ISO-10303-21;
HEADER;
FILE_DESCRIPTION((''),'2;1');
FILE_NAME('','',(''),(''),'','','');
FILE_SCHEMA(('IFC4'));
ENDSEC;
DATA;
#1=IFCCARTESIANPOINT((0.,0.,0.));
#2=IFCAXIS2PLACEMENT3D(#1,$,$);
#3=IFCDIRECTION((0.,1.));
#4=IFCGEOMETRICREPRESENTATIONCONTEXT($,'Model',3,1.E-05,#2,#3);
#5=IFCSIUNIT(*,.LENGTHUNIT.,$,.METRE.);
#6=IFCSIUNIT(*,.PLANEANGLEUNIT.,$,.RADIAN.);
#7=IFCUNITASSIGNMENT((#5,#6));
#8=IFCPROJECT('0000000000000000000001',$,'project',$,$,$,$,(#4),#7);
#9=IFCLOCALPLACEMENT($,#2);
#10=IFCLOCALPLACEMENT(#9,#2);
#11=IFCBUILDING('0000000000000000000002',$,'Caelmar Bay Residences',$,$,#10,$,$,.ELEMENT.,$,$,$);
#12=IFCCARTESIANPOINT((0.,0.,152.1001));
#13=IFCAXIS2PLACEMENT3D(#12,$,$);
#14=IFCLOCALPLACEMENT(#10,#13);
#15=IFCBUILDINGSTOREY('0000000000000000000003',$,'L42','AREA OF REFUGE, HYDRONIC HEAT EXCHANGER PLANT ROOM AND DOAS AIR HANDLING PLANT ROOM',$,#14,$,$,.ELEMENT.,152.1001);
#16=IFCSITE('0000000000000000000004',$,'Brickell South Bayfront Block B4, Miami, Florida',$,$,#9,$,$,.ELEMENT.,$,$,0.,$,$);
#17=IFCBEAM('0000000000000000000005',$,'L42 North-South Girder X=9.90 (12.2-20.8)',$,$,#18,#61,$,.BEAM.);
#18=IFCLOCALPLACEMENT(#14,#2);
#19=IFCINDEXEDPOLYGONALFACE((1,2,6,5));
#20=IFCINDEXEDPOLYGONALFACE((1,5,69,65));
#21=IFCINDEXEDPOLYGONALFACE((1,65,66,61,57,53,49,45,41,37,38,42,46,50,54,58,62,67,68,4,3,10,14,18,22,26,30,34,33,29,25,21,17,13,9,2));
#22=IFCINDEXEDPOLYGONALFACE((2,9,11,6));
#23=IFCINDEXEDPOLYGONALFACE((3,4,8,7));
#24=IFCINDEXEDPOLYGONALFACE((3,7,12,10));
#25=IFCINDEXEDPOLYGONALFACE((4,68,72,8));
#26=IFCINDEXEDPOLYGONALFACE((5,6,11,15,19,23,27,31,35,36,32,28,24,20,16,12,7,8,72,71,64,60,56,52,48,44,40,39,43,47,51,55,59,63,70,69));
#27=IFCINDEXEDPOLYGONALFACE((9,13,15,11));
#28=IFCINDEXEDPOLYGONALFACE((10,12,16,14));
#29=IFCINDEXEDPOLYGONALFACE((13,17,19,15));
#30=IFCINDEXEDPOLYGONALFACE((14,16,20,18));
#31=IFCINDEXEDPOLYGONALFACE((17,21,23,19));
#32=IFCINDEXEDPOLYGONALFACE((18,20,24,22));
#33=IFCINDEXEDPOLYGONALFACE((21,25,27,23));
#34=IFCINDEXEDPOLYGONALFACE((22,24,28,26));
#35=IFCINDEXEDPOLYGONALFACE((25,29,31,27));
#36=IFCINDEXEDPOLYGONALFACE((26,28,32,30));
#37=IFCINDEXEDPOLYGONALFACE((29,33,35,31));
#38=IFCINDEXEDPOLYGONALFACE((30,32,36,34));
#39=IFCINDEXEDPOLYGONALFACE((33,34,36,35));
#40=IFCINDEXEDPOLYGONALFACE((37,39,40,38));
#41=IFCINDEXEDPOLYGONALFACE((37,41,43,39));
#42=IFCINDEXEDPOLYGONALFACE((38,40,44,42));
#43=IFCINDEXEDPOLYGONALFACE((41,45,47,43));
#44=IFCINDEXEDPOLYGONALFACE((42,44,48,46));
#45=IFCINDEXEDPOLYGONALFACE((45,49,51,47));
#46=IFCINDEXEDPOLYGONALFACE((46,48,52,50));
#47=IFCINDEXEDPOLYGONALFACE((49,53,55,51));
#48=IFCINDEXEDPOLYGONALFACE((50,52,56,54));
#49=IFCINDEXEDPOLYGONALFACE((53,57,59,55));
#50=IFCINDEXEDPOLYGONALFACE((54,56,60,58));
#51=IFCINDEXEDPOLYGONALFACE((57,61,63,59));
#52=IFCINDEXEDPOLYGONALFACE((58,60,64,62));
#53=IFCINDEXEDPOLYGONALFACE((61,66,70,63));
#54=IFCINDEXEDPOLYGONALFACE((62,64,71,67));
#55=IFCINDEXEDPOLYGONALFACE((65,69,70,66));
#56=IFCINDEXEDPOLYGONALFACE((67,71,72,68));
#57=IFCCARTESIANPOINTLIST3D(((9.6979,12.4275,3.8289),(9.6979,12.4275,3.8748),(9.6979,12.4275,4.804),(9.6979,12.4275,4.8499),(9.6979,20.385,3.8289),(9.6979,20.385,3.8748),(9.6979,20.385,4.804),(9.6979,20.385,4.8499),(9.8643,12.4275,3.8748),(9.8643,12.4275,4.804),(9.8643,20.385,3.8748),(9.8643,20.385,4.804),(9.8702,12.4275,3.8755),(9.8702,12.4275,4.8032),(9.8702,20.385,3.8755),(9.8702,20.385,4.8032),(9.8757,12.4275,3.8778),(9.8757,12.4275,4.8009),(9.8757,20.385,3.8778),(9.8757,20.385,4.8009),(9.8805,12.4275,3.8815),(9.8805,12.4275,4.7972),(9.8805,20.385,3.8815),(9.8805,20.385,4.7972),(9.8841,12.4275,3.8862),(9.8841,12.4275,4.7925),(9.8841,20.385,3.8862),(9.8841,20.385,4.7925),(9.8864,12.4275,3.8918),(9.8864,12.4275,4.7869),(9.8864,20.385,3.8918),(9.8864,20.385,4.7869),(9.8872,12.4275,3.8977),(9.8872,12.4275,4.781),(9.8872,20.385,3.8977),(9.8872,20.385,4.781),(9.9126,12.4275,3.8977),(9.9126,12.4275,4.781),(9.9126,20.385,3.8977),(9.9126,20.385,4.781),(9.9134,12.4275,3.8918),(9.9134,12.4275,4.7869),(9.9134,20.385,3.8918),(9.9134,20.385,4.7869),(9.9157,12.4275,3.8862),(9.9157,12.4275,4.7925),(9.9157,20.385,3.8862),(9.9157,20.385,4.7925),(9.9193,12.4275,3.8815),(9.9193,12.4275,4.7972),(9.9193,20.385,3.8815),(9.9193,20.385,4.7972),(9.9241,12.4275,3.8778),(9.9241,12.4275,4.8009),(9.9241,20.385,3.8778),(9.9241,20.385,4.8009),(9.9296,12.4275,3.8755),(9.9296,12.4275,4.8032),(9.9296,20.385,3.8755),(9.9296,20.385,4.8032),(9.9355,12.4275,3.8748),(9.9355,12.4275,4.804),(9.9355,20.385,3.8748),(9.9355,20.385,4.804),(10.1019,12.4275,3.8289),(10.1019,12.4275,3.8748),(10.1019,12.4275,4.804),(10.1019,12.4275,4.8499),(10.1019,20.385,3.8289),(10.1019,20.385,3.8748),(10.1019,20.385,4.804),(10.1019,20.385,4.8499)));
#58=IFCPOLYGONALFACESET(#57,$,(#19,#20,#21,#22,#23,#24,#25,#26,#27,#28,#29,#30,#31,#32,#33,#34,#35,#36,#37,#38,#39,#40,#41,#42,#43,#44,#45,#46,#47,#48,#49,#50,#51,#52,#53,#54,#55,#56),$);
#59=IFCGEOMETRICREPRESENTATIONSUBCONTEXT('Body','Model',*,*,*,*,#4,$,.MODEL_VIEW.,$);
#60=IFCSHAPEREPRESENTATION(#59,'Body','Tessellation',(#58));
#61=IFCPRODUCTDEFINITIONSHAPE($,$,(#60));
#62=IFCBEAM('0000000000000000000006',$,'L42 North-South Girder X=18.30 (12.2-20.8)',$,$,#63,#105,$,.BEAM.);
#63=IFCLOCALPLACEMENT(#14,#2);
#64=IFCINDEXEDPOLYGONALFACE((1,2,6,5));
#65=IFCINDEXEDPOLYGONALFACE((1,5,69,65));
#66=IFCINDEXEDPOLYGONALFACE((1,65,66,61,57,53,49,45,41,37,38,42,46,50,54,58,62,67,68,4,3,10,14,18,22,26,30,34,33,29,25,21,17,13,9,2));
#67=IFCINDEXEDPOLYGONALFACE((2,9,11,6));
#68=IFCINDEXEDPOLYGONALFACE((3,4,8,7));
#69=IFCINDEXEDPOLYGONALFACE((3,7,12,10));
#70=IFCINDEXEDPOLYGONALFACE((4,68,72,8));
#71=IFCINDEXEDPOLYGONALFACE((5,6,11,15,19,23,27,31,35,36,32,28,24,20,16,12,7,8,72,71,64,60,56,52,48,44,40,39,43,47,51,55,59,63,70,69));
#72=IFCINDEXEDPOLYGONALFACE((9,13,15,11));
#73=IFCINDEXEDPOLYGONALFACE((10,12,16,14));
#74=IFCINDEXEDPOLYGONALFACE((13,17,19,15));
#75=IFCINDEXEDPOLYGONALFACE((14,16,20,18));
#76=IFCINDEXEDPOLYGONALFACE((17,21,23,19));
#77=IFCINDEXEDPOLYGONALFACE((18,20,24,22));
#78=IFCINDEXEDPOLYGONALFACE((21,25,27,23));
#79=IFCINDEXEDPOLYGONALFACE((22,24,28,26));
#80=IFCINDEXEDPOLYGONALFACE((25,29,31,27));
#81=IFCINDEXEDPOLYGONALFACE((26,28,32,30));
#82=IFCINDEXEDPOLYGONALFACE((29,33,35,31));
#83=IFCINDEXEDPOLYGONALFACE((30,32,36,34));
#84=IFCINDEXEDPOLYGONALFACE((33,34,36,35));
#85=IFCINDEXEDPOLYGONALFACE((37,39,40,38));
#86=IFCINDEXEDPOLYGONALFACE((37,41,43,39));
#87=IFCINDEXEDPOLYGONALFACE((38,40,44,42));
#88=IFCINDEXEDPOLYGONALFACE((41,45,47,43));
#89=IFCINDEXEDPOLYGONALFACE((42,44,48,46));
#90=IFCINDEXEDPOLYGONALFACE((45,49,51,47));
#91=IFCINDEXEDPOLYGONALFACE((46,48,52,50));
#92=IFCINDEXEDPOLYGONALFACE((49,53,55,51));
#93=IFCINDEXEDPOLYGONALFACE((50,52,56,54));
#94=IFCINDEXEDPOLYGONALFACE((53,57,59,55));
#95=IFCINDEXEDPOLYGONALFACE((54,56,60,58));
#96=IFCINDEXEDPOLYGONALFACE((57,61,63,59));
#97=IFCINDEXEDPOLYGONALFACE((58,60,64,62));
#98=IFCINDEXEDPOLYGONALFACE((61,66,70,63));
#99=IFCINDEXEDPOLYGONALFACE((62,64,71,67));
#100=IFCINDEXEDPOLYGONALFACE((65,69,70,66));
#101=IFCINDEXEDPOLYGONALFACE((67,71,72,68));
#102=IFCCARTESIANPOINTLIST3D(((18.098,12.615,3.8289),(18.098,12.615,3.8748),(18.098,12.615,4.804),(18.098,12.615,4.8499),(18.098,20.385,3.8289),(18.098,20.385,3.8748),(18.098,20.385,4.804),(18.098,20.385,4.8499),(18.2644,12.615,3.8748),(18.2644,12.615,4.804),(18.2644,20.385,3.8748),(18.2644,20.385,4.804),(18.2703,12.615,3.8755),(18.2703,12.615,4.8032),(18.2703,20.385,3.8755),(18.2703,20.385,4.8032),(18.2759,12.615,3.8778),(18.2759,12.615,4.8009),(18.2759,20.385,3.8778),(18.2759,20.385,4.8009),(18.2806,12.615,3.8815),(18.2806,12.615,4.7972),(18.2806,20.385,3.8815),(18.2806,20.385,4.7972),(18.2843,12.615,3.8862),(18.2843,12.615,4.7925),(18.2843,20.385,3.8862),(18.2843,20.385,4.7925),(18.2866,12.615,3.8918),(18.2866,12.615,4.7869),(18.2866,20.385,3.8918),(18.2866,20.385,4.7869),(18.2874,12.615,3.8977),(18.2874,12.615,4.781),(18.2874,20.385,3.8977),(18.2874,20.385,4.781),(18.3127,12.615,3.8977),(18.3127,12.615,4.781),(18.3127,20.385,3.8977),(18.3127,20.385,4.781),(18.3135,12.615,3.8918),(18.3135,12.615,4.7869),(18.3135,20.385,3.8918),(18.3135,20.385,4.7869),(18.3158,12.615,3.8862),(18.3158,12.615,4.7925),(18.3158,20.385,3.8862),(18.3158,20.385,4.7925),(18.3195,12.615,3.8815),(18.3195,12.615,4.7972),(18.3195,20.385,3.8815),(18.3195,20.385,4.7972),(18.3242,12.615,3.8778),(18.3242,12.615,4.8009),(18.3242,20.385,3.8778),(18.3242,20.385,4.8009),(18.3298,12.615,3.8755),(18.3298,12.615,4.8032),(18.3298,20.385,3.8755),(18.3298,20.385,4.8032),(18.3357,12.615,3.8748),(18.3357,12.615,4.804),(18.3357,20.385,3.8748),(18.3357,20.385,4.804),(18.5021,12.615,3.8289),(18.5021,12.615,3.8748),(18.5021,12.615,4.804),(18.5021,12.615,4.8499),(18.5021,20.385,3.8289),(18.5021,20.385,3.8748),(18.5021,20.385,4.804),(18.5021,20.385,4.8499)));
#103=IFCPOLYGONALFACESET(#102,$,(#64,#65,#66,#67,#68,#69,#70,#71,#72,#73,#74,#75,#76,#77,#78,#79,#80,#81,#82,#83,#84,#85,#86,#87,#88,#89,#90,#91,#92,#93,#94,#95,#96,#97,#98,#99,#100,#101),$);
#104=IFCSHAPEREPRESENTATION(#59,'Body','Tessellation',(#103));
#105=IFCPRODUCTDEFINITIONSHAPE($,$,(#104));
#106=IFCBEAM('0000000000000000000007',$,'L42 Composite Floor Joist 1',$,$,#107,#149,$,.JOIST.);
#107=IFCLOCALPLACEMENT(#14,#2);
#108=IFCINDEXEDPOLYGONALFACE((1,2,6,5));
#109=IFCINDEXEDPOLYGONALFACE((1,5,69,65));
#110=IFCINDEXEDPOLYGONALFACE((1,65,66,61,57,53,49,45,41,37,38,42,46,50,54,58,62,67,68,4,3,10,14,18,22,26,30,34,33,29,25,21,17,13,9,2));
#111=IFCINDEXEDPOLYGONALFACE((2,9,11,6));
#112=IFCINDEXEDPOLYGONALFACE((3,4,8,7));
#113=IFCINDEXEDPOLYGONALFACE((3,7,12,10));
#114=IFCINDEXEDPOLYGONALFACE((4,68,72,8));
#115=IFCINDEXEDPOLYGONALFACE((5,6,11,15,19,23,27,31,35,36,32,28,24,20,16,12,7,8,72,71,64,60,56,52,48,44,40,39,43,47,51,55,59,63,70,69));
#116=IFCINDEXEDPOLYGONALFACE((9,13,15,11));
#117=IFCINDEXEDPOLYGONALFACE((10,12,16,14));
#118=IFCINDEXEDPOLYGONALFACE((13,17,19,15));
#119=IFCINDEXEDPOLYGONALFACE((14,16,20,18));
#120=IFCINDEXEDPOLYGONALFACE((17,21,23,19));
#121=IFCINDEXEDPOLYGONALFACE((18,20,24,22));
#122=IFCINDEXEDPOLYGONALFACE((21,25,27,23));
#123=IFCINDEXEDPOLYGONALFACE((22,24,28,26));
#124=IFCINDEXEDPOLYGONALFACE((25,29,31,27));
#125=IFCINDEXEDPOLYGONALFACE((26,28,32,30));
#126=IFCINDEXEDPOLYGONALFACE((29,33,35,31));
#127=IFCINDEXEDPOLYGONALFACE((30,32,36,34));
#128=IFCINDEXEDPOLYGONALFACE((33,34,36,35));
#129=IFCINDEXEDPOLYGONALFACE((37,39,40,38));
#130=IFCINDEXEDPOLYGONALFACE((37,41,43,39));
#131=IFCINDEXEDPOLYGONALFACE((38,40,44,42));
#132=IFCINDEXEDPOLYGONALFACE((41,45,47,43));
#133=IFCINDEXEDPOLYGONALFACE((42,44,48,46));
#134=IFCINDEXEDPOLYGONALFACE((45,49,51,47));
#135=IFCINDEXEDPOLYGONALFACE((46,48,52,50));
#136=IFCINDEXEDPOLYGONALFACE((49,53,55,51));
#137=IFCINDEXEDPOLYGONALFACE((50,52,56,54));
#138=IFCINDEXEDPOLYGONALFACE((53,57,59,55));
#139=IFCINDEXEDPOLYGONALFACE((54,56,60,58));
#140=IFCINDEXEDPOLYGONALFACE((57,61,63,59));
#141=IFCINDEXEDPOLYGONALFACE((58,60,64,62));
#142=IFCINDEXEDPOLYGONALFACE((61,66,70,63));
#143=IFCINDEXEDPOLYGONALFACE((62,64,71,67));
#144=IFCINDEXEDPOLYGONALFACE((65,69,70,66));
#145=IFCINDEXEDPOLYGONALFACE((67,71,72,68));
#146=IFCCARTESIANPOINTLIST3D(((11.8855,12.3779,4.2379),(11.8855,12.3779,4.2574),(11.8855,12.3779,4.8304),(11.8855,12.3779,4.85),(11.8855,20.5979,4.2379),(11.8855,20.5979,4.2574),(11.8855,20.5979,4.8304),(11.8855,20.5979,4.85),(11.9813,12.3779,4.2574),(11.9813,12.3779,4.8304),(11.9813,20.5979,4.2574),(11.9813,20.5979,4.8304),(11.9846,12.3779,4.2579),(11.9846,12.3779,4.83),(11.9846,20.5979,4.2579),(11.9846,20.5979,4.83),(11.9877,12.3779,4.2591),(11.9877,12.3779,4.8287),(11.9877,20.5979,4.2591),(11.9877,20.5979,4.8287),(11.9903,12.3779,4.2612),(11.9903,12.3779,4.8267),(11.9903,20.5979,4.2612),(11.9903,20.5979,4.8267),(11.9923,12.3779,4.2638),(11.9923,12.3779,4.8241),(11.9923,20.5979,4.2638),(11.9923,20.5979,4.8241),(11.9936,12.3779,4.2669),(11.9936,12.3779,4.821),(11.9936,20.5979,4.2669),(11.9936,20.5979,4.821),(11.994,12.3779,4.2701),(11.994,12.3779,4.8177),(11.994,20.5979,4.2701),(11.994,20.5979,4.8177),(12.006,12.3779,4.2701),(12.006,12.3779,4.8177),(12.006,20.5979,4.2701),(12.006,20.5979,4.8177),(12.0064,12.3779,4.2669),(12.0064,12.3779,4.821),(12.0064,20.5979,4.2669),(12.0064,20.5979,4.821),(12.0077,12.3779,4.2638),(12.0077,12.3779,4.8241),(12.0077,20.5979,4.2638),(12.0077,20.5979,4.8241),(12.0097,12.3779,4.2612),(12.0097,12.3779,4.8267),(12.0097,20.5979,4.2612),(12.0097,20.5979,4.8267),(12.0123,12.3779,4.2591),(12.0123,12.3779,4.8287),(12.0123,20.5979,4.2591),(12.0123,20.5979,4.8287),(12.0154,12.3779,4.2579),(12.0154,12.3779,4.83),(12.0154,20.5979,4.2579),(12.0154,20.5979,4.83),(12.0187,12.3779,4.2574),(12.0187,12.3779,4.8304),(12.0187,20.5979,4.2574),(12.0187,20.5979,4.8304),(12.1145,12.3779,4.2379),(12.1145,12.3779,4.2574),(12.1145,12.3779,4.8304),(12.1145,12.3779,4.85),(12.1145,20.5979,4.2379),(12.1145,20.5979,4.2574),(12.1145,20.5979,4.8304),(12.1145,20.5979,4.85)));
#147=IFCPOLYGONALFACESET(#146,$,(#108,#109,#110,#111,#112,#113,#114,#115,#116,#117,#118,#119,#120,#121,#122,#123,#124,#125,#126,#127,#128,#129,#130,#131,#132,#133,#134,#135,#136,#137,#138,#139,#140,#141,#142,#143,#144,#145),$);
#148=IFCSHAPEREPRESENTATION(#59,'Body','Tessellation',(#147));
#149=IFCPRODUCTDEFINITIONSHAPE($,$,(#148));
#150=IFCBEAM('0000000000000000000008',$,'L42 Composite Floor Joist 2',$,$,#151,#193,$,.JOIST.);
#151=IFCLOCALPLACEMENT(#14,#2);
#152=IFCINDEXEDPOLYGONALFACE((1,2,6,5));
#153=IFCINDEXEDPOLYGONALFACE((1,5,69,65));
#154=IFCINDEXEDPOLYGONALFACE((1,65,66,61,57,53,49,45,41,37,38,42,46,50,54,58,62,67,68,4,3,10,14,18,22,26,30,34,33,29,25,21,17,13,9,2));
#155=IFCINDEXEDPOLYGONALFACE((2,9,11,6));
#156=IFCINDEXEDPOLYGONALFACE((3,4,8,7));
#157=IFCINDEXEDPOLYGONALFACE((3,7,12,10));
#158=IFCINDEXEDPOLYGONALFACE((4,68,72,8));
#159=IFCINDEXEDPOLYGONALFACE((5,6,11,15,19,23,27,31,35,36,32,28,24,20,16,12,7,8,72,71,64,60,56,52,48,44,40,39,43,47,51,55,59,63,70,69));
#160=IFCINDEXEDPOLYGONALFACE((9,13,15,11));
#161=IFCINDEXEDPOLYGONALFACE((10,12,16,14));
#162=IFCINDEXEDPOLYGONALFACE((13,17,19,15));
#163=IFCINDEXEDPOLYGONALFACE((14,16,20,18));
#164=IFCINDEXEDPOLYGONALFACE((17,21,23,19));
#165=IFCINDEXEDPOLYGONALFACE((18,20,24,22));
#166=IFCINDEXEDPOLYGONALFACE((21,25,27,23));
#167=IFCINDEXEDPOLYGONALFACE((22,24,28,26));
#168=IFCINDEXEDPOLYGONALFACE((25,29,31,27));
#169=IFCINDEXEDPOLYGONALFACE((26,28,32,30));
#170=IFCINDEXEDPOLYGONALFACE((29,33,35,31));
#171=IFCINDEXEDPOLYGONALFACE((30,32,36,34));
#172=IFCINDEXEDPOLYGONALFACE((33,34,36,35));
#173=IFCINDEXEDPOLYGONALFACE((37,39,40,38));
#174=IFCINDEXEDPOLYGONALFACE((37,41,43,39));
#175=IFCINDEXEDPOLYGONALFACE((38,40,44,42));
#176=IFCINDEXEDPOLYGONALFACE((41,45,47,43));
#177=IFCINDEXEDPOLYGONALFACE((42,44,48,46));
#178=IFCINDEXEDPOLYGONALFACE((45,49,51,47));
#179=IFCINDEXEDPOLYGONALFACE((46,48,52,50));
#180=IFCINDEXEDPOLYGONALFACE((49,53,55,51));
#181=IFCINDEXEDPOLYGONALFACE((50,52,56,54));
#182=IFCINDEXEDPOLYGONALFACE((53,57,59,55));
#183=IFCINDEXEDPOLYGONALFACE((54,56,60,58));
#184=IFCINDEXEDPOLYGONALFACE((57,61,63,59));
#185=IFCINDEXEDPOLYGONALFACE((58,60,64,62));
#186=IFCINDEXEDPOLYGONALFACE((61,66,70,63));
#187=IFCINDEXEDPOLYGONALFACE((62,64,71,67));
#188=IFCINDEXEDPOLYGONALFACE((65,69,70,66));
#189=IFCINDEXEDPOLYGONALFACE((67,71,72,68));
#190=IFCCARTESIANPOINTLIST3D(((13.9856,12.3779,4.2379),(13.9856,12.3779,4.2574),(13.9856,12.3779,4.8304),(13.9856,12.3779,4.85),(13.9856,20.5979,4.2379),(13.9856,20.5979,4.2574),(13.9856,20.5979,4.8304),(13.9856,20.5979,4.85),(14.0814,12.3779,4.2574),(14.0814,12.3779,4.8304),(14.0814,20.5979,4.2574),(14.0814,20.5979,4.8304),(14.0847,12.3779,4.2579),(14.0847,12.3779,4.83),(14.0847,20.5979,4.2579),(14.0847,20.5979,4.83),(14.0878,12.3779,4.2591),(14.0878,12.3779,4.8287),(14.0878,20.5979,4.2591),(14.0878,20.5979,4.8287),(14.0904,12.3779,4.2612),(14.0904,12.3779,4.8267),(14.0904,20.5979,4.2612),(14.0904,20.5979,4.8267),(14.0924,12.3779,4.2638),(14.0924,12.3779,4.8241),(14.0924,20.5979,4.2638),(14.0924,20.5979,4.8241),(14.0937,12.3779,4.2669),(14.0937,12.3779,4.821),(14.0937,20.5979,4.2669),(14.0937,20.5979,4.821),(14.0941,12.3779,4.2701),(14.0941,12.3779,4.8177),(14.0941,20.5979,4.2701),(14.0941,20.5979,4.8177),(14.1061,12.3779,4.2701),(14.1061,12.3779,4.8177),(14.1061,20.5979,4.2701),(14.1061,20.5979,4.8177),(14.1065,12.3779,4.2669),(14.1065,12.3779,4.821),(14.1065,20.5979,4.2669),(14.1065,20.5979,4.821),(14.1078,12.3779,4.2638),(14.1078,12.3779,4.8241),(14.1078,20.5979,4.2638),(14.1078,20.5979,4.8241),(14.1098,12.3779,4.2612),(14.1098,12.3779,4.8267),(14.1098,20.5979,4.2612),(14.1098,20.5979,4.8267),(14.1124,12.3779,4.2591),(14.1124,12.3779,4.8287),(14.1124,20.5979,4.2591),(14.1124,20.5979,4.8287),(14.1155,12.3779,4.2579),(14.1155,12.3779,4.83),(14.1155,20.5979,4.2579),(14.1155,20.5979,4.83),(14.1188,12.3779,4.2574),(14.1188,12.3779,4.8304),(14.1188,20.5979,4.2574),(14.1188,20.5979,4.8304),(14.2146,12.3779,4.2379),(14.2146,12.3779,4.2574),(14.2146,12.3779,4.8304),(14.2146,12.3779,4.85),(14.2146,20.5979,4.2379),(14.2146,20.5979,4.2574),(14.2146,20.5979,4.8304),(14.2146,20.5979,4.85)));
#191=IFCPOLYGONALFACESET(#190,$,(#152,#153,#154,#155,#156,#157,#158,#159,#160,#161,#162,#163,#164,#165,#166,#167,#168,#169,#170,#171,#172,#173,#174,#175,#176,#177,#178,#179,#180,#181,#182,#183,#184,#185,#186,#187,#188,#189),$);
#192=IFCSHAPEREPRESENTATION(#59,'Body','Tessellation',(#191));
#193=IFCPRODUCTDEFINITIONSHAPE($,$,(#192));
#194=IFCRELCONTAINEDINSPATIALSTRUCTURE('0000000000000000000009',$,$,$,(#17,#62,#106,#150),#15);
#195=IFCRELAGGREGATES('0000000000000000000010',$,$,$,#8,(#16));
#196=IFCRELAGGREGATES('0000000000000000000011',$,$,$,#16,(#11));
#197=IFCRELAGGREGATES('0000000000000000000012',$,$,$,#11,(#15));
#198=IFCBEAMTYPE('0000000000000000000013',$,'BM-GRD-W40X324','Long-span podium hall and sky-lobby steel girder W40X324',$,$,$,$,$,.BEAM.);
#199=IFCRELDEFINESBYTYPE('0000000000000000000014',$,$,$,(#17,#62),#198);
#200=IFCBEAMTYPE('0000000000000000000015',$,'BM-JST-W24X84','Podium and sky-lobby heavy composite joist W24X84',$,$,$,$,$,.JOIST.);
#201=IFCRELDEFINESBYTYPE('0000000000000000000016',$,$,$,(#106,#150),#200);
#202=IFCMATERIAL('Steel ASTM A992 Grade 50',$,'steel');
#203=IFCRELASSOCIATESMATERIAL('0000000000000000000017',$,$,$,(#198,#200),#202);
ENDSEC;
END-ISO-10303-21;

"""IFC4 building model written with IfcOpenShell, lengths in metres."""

from ifc_helpers import new_model, si_unit, direction, frame, origin, origin_2d, place, context, subcontext, project, spatial, i_section, extrude, material, material_profile, profile_set, type_object, element, save


model = new_model("IFC4")

# Units and contexts
model_context = context("Model", 3, precision=1e-05, world=origin(), true_north=direction((0.0, 1.0)))
body_context = subcontext(model_context, "Body", "Model", "MODEL_VIEW")
ifc_project = project(units=[si_unit("LENGTHUNIT", "METRE"), si_unit("PLANEANGLEUNIT", "RADIAN")], contexts=[model_context])

# Site, building, storey
site_placement = place(None, origin())
site = spatial("IfcSite", under=ifc_project, at=site_placement, Name="Brickell South Bayfront Block B4, Miami, Florida", CompositionType="ELEMENT", RefElevation=0.0)
building_placement = place(site_placement, origin())
building = spatial("IfcBuilding", under=site, at=building_placement, Name="Caelmar Bay Residences", CompositionType="ELEMENT")
storey_placement = place(building_placement, frame((0.0, 0.0, 152.1001)))
storey = spatial("IfcBuildingStorey", under=building, at=storey_placement, Name="L42", Description="AREA OF REFUGE, HYDRONIC HEAT EXCHANGER PLANT ROOM AND DOAS AIR HANDLING PLANT ROOM", CompositionType="ELEMENT", Elevation=152.1001)

# Shared definitions
ifc_material_1 = material(Name="Steel ASTM A992 Grade 50", Category="steel")

# Beams
ifc_material_profile_1 = material_profile(ifc_material_1, i_section(OverallWidth=0.4041, OverallDepth=1.021, WebThickness=0.0254, FlangeThickness=0.0459, FilletRadius=0.0229, at=origin_2d()), Name="W40X324")
ifc_profile_set_1 = profile_set([ifc_material_profile_1], Name="Steel ASTM A992 Grade 50")
beam_type_1 = type_object("IfcBeamType", Name="BM-GRD-W40X324", Description="Long-span podium hall and sky-lobby steel girder W40X324", PredefinedType="BEAM", material=ifc_profile_set_1)
beam_1_placement = place(storey_placement, frame((9.8999, 12.4275, 4.3394), z_axis=(0.0, 1.0, 0.0), x_axis=(-1.0, 0.0, 0.0)))
element("IfcBeam", 1, at=beam_1_placement, inside=storey, type_object=beam_type_1, Name="L42 North-South Girder X=9.90 (12.2-20.8)", PredefinedType="BEAM", context=body_context, shape_type="SweptSolid", body=[
    extrude(i_section(OverallWidth=0.4041, OverallDepth=1.021, WebThickness=0.0254, FlangeThickness=0.0459, FilletRadius=0.0229, at=origin_2d()), origin(), (0.0, 0.0, 1.0), 7.9575),
])
beam_2_placement = place(storey_placement, frame((18.3, 12.615, 4.3394), z_axis=(0.0, 1.0, 0.0), x_axis=(-1.0, 0.0, 0.0)))
element("IfcBeam", 2, at=beam_2_placement, inside=storey, type_object=beam_type_1, Name="L42 North-South Girder X=18.30 (12.2-20.8)", PredefinedType="BEAM", context=body_context, shape_type="SweptSolid", body=[
    extrude(i_section(OverallWidth=0.4041, OverallDepth=1.021, WebThickness=0.0254, FlangeThickness=0.0459, FilletRadius=0.0229, at=origin_2d()), origin(), (0.0, 0.0, 1.0), 7.77),
])
ifc_material_profile_2 = material_profile(ifc_material_1, i_section(OverallWidth=0.229, OverallDepth=0.6121, WebThickness=0.012, FlangeThickness=0.0195, FilletRadius=0.0127, at=origin_2d()), Name="W24X84")
ifc_profile_set_2 = profile_set([ifc_material_profile_2], Name="Steel ASTM A992 Grade 50")
beam_type_2 = type_object("IfcBeamType", Name="BM-JST-W24X84", Description="Podium and sky-lobby heavy composite joist W24X84", PredefinedType="JOIST", material=ifc_profile_set_2)
for number, where, z_axis, x_axis, name in (
    (3, (12.0, 12.3779, 4.5439), (0.0, 1.0, 0.0), (-1.0, 0.0, 0.0), "L42 Composite Floor Joist 1"),
    (4, (14.1001, 12.3779, 4.5439), (0.0, 1.0, 0.0), (-1.0, 0.0, 0.0), "L42 Composite Floor Joist 2"),
):
    element("IfcBeam", number, at=place(storey_placement, frame(where, z_axis=z_axis, x_axis=x_axis)), inside=storey, type_object=beam_type_2, Name=name, PredefinedType="JOIST", context=body_context, shape_type="SweptSolid", body=[
        extrude(i_section(OverallWidth=0.229, OverallDepth=0.6121, WebThickness=0.012, FlangeThickness=0.0195, FilletRadius=0.0127, at=origin_2d()), origin(), (0.0, 0.0, 1.0), 8.22),
    ])

save(model, "model.ifc")
